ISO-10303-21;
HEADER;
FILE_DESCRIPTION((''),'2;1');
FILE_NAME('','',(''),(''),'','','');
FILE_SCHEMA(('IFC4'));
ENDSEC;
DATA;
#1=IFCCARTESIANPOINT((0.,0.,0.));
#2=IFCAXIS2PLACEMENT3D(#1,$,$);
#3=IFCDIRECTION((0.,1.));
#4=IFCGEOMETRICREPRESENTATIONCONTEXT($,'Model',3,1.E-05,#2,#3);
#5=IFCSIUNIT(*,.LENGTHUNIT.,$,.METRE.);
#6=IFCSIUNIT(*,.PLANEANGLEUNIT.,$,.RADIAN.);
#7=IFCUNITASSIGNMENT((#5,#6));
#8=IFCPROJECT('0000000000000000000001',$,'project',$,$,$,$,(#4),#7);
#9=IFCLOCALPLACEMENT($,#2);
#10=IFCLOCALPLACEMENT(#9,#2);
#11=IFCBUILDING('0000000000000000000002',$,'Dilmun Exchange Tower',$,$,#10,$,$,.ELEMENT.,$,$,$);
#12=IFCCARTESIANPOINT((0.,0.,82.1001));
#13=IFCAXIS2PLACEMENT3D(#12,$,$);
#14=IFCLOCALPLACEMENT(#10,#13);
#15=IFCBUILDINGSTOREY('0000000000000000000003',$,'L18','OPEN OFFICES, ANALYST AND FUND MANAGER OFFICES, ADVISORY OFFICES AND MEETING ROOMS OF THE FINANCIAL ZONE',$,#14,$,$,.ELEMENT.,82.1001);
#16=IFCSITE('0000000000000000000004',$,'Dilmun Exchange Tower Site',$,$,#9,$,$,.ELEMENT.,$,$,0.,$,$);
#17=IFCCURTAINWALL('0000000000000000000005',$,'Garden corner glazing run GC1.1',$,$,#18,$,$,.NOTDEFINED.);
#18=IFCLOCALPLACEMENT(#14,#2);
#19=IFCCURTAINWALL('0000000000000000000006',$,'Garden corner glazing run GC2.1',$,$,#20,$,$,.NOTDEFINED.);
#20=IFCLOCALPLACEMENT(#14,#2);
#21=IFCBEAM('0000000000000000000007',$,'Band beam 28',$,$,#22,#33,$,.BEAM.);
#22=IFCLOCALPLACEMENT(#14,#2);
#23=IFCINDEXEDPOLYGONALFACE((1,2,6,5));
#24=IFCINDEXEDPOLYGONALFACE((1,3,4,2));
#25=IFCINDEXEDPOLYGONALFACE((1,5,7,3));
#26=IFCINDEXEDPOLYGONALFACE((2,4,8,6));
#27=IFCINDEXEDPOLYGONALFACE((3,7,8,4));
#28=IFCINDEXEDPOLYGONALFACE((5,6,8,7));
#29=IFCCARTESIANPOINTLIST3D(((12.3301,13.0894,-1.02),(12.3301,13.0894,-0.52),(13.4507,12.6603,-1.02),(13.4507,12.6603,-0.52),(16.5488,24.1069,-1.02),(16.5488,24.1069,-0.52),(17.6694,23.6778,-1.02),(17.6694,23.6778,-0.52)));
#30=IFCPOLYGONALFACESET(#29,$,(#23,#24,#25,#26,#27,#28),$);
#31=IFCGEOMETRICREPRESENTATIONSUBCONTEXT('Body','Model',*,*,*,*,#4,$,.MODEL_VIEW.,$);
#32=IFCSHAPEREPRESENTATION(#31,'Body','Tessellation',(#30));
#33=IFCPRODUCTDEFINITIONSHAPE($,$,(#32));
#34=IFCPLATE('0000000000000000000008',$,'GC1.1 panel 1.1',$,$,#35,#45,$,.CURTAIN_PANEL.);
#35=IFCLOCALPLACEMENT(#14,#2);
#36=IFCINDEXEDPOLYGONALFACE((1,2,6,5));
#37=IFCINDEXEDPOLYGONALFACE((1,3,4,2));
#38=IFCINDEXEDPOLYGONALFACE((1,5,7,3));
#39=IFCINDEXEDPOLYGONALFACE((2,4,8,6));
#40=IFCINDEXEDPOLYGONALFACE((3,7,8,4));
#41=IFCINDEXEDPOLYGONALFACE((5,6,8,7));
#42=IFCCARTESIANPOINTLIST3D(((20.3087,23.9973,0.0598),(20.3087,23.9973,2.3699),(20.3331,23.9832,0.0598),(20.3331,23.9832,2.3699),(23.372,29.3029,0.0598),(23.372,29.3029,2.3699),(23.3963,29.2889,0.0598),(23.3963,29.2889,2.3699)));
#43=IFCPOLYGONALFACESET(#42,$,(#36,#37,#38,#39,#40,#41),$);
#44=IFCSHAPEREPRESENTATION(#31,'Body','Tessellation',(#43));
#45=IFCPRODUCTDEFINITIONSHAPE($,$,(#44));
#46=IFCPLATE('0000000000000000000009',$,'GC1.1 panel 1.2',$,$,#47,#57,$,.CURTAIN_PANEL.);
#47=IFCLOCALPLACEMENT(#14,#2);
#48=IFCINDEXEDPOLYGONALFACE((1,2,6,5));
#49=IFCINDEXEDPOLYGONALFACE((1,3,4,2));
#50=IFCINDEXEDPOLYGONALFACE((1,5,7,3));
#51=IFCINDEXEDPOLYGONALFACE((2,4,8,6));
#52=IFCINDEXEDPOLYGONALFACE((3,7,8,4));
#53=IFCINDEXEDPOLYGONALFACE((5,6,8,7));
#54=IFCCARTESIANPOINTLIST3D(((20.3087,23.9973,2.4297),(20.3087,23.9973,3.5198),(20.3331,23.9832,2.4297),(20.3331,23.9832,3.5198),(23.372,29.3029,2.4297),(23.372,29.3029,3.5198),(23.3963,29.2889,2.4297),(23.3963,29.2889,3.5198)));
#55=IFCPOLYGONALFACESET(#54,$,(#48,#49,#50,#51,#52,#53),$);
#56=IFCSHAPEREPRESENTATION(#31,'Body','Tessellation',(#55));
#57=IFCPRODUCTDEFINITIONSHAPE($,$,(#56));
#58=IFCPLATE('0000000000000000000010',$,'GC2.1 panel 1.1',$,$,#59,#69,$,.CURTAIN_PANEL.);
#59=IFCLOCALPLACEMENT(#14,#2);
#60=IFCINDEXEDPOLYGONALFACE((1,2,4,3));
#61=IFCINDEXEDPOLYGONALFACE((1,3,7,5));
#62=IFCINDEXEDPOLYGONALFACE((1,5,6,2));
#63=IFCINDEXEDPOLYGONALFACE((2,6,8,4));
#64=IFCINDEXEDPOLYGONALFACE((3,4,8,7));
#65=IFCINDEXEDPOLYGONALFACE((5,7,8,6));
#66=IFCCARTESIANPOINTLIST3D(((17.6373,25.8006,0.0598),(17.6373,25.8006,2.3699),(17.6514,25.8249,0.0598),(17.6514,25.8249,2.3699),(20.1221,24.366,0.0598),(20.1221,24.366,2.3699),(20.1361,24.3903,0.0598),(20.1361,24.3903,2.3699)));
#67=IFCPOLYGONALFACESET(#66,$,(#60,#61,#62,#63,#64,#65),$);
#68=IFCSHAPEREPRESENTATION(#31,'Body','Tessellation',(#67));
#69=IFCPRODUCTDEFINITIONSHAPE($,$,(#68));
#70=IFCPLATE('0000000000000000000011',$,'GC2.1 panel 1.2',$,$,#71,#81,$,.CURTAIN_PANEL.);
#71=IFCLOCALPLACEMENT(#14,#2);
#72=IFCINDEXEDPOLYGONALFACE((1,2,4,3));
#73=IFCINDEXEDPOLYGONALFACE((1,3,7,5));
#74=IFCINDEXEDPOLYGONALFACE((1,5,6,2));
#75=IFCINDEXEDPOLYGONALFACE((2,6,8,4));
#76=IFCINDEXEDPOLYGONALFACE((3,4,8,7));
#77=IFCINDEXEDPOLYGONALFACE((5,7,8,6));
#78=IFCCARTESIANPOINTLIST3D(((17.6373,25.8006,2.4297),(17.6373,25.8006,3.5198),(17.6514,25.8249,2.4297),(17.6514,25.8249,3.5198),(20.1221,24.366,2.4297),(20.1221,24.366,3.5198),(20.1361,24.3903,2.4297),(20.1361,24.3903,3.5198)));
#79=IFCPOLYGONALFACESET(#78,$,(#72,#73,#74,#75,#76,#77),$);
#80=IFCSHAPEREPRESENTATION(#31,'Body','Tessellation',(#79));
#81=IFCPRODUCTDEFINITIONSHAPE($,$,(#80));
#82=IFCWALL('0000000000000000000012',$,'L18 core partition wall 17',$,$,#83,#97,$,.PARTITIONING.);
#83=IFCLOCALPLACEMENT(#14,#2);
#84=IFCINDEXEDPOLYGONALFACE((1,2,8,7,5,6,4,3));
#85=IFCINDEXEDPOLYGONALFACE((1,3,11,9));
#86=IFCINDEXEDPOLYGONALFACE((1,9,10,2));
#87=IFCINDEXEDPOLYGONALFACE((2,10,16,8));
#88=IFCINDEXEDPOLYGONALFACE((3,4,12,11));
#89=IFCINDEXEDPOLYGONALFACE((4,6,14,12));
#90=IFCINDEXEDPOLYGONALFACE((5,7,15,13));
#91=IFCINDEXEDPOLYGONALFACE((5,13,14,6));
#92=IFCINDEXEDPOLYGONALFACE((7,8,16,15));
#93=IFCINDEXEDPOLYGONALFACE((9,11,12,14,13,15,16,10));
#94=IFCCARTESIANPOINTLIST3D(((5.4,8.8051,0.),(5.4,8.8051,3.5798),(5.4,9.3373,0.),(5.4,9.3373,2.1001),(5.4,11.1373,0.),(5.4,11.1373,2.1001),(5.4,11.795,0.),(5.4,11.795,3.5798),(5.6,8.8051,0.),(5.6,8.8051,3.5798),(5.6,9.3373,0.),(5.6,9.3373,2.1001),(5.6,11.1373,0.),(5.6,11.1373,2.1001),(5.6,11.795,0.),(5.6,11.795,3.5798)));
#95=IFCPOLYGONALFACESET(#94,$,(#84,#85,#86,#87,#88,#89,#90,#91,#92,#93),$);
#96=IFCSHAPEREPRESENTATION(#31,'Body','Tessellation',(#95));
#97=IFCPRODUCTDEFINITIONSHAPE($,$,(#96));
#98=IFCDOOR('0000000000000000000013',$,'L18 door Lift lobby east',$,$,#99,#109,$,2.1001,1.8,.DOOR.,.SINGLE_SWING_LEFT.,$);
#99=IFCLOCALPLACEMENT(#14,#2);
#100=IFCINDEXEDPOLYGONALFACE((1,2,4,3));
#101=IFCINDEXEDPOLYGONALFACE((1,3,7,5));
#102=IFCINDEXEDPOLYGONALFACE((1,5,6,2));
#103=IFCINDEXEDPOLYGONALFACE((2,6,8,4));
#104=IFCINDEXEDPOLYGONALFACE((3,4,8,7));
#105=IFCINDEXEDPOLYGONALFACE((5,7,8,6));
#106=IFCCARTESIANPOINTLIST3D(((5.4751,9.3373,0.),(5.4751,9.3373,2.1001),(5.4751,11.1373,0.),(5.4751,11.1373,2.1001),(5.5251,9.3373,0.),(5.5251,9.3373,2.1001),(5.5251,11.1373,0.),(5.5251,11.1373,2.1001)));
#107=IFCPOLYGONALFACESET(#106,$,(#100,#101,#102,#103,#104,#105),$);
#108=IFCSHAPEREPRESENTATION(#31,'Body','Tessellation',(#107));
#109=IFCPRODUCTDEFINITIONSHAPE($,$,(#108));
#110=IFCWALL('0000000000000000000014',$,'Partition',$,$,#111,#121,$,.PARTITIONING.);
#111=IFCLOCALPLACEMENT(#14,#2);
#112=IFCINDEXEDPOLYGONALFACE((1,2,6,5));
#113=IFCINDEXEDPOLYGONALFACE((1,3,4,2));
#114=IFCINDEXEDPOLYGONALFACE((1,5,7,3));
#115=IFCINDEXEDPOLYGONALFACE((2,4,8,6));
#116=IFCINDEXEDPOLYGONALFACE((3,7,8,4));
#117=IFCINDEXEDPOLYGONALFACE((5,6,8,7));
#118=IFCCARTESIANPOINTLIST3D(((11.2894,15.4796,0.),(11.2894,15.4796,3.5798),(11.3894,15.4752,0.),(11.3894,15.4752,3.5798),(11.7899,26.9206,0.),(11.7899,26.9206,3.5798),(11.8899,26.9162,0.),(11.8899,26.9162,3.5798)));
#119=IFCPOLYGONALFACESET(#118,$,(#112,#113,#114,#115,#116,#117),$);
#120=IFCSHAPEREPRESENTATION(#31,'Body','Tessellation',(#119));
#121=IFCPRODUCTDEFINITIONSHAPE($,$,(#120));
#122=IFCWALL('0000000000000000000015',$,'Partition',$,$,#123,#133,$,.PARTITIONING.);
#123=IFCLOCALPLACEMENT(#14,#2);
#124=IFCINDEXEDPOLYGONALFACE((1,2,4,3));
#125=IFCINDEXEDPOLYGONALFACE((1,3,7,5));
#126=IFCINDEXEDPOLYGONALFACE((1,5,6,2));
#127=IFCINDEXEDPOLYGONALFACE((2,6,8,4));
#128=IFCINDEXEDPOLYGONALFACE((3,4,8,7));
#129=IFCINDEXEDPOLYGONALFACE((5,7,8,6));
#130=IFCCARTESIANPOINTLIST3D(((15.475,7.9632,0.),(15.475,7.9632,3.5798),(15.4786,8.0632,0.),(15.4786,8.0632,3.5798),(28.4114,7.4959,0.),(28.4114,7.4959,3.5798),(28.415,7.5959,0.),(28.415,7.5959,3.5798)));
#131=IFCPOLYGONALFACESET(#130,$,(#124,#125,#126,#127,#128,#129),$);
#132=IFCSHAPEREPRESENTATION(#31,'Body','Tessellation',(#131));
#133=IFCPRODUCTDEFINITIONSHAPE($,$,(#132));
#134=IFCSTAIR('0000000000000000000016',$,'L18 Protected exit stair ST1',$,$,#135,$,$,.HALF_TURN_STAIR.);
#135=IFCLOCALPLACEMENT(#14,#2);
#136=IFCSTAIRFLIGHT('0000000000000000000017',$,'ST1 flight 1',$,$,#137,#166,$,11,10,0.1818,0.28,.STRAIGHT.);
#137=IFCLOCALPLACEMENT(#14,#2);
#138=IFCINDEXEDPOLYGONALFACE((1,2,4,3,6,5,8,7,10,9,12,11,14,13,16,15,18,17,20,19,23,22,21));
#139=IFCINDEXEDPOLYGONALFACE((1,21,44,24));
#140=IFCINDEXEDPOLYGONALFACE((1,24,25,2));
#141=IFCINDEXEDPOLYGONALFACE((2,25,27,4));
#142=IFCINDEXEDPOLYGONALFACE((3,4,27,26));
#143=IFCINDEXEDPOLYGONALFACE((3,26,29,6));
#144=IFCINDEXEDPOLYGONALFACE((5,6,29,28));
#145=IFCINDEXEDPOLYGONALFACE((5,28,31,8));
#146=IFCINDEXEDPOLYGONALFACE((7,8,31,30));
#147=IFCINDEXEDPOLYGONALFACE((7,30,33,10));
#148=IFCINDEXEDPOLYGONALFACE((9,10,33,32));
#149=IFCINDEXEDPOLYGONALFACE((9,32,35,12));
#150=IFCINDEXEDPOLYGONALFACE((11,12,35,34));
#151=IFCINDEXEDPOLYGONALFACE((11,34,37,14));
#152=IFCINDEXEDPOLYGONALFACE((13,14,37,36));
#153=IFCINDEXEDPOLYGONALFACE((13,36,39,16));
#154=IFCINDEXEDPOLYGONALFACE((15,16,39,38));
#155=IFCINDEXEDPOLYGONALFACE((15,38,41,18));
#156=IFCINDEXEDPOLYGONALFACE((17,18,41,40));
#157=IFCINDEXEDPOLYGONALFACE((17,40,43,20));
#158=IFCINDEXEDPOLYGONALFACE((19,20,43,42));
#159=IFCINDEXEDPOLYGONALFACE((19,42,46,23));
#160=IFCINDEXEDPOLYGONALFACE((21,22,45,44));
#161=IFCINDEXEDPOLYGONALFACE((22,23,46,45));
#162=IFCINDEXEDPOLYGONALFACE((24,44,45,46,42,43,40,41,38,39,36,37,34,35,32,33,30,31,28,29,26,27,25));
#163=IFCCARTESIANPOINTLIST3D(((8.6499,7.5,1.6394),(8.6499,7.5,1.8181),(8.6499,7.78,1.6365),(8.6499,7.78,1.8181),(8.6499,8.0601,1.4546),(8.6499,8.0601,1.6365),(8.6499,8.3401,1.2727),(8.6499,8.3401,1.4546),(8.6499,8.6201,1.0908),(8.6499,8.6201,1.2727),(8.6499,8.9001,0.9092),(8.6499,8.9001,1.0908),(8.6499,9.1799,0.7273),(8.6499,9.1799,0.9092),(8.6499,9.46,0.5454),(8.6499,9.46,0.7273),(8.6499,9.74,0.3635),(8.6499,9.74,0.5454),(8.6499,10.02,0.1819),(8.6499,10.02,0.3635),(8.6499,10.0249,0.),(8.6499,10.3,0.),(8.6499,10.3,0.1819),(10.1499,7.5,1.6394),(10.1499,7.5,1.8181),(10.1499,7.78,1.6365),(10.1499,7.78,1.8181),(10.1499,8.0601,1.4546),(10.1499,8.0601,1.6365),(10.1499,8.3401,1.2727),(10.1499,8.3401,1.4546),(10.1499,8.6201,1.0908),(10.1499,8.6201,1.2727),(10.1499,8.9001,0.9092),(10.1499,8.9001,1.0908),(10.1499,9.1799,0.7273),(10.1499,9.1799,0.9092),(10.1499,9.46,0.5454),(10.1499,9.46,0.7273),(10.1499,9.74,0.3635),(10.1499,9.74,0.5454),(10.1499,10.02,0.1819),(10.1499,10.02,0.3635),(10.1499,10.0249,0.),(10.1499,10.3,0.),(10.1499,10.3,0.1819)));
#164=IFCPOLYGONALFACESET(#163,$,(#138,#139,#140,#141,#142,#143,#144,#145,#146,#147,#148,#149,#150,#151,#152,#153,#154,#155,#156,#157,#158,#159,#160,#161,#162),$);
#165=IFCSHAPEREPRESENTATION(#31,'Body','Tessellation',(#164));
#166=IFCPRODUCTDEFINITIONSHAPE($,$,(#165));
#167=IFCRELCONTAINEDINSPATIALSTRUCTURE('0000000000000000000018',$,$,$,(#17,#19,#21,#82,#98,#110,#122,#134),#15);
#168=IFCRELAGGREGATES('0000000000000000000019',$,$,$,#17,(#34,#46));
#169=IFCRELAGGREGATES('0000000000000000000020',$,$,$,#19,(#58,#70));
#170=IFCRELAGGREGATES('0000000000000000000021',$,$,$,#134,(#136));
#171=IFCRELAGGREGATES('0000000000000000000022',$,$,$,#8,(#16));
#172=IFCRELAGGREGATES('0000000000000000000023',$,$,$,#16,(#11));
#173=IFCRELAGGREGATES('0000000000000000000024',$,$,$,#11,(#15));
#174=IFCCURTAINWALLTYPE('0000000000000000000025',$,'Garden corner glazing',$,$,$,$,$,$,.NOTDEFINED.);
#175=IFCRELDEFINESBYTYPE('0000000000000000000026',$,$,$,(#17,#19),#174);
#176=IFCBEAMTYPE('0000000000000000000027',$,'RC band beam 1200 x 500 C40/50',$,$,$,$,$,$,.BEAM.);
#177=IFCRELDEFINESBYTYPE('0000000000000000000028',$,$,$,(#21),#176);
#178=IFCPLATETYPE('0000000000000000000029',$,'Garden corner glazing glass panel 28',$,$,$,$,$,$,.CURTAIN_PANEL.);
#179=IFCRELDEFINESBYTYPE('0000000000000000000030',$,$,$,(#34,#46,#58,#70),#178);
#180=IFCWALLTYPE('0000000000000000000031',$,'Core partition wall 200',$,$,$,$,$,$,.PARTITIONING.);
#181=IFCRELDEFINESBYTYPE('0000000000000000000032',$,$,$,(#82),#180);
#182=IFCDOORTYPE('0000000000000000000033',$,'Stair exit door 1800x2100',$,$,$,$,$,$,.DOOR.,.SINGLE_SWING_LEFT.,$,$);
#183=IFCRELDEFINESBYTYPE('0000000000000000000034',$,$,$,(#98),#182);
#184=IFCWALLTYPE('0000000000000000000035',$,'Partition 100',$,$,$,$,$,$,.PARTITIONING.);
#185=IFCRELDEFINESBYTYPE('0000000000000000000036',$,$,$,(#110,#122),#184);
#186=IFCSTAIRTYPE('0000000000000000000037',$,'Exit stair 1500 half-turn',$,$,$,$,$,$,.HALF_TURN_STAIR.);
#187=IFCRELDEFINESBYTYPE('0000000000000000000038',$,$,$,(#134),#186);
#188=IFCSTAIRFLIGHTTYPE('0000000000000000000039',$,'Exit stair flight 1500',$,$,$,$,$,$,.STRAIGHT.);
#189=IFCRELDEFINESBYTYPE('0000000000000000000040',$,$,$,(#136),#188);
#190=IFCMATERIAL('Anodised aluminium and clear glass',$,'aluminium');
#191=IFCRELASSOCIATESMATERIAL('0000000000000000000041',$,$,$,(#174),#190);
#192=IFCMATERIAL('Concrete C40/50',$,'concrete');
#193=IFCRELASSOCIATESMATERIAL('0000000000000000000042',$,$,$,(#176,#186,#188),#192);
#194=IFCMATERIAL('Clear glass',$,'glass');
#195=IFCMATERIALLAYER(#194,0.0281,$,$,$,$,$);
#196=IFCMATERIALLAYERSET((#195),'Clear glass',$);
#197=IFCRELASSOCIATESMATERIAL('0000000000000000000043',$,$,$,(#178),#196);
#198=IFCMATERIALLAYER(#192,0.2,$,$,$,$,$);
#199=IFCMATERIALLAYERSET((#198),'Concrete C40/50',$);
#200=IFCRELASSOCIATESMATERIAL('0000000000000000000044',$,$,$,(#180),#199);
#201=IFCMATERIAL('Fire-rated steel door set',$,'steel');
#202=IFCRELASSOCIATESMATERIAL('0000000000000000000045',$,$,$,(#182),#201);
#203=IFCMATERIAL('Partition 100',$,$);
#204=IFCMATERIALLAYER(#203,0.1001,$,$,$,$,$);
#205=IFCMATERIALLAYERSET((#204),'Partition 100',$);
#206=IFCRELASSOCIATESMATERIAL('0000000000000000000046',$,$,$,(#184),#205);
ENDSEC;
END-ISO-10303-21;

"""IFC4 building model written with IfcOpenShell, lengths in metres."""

from ifc_helpers import new_model, si_unit, direction, frame, frame_2d, origin, origin_2d, place, context, subcontext, project, spatial, polyline, rectangle, outline, extrude, material, layer, layer_set, material_profile, profile_set, type_object, element, fill, aggregate, save


model = new_model("IFC4")

# Units and contexts
model_context = context("Model", 3, precision=1e-05, world=origin(), true_north=direction((0.0, 1.0)))
body_context = subcontext(model_context, "Body", "Model", "MODEL_VIEW")
ifc_project = project(units=[si_unit("LENGTHUNIT", "METRE"), si_unit("PLANEANGLEUNIT", "RADIAN")], contexts=[model_context])

# Site, building, storey
site_placement = place(None, origin())
site = spatial("IfcSite", under=ifc_project, at=site_placement, Name="Dilmun Exchange Tower Site", CompositionType="ELEMENT", RefElevation=0.0)
building_placement = place(site_placement, origin())
building = spatial("IfcBuilding", under=site, at=building_placement, Name="Dilmun Exchange Tower", CompositionType="ELEMENT")
storey_placement = place(building_placement, frame((0.0, 0.0, 82.1001)))
storey = spatial("IfcBuildingStorey", under=building, at=storey_placement, Name="L18", Description="OPEN OFFICES, ANALYST AND FUND MANAGER OFFICES, ADVISORY OFFICES AND MEETING ROOMS OF THE FINANCIAL ZONE", CompositionType="ELEMENT", Elevation=82.1001)

# Curtain wall
ifc_material_1 = material(Name="Anodised aluminium and clear glass", Category="aluminium")
curtain_wall_type = type_object("IfcCurtainWallType", Name="Garden corner glazing", PredefinedType="NOTDEFINED", material=ifc_material_1)
curtain_wall_1_placement = place(storey_placement, origin())
curtain_wall_1 = element("IfcCurtainWall", 1, at=curtain_wall_1_placement, inside=storey, type_object=curtain_wall_type, Name="Garden corner glazing run GC1.1", PredefinedType="NOTDEFINED")

# Curtain wall
curtain_wall_2_placement = place(storey_placement, origin())
curtain_wall_2 = element("IfcCurtainWall", 2, at=curtain_wall_2_placement, inside=storey, type_object=curtain_wall_type, Name="Garden corner glazing run GC2.1", PredefinedType="NOTDEFINED")

# Beam
ifc_material_2 = material(Name="Concrete C40/50", Category="concrete")
ifc_material_profile_1 = material_profile(ifc_material_2, rectangle(XDim=1.2, YDim=0.5, at=origin_2d()), Name="1200 x 500")
ifc_profile_set_1 = profile_set([ifc_material_profile_1], Name="Concrete C40/50")
beam_type = type_object("IfcBeamType", Name="RC band beam 1200 x 500 C40/50", PredefinedType="BEAM", material=ifc_profile_set_1)
beam_1_placement = place(storey_placement, frame((17.1091, 23.8923, -0.77), z_axis=(-0.357592, -0.933878, 0.0), x_axis=(0.933878, -0.357592, 0.0)))
element("IfcBeam", 3, at=beam_1_placement, inside=storey, type_object=beam_type, Name="Band beam 28", PredefinedType="BEAM", context=body_context, shape_type="SweptSolid", body=[
    extrude(rectangle(XDim=1.2, YDim=0.5, at=origin_2d()), origin(), (0.0, 0.0, 1.0), 11.7976),
])

# Plates
ifc_material_3 = material(Name="Clear glass", Category="glass")
ifc_layer_1 = layer(ifc_material_3, 0.0281)
ifc_layer_set_1 = layer_set([ifc_layer_1], Name="Clear glass")
plate_type = type_object("IfcPlateType", Name="Garden corner glazing glass panel 28", PredefinedType="CURTAIN_PANEL", material=ifc_layer_set_1)
plate_1_placement = place(storey_placement, frame((21.8525, 26.6431, 0.0598), z_axis=(0.0, 0.0, 1.0), x_axis=(-0.500008, -0.866021, 0.0)))
plate_1 = element("IfcPlate", 4, at=plate_1_placement, type_object=plate_type, Name="GC1.1 panel 1.1", PredefinedType="CURTAIN_PANEL", context=body_context, shape_type="SweptSolid", body=[
    extrude(rectangle(XDim=6.1265, YDim=0.0281, at=origin_2d()), origin(), (0.0, 0.0, 1.0), 2.3101),
])
plate_2_placement = place(storey_placement, frame((21.8525, 26.6431, 2.4297), z_axis=(0.0, 0.0, 1.0), x_axis=(-0.500008, -0.866021, 0.0)))
plate_2 = element("IfcPlate", 5, at=plate_2_placement, type_object=plate_type, Name="GC1.1 panel 1.2", PredefinedType="CURTAIN_PANEL", context=body_context, shape_type="SweptSolid", body=[
    extrude(rectangle(XDim=6.1265, YDim=0.0281, at=origin_2d()), origin(), (0.0, 0.0, 1.0), 1.0901),
])
aggregate(curtain_wall_1, [plate_1, plate_2])
plate_3_placement = place(storey_placement, frame((18.8867, 25.0955, 0.0598), z_axis=(0.0, 0.0, 1.0), x_axis=(-0.866015, 0.500018, 0.0)))
plate_3 = element("IfcPlate", 6, at=plate_3_placement, type_object=plate_type, Name="GC2.1 panel 1.1", PredefinedType="CURTAIN_PANEL", context=body_context, shape_type="SweptSolid", body=[
    extrude(rectangle(XDim=2.8691, YDim=0.0281, at=origin_2d()), origin(), (0.0, 0.0, 1.0), 2.3101),
])
plate_4_placement = place(storey_placement, frame((18.8867, 25.0955, 2.4297), z_axis=(0.0, 0.0, 1.0), x_axis=(-0.866015, 0.500018, 0.0)))
plate_4 = element("IfcPlate", 7, at=plate_4_placement, type_object=plate_type, Name="GC2.1 panel 1.2", PredefinedType="CURTAIN_PANEL", context=body_context, shape_type="SweptSolid", body=[
    extrude(rectangle(XDim=2.8691, YDim=0.0281, at=origin_2d()), origin(), (0.0, 0.0, 1.0), 1.0901),
])
aggregate(curtain_wall_2, [plate_3, plate_4])

# Wall, opening, door
ifc_layer_2 = layer(ifc_material_2, 0.2)
ifc_layer_set_2 = layer_set([ifc_layer_2], Name="Concrete C40/50")
wall_type_1 = type_object("IfcWallType", Name="Core partition wall 200", PredefinedType="PARTITIONING", material=ifc_layer_set_2)
wall_1_placement = place(storey_placement, frame((5.5, 8.8049, 0.0), z_axis=(0.0, 0.0, 1.0), x_axis=(0.0, 1.0, 0.0)))
wall_1 = element("IfcWall", 8, at=wall_1_placement, inside=storey, type_object=wall_type_1, Name="L18 core partition wall 17", PredefinedType="PARTITIONING", context=body_context, shape_type="SweptSolid", body=[
    extrude(rectangle(XDim=2.99, YDim=0.2, at=frame_2d((1.4951, 0.0))), origin(), (0.0, 0.0, 1.0), 3.5798),
])
opening_1_placement = place(wall_1_placement, frame((0.5325, 0.0, 0.0)))
opening_1 = element("IfcOpeningElement", 9, at=opening_1_placement, cuts=wall_1, PredefinedType="OPENING", context=body_context, shape_type="SweptSolid", body=[
    extrude(rectangle(XDim=1.8, YDim=2.1001, at=frame_2d((0.8999, 1.05))), frame((0.0, 0.1099, 0.0), z_axis=(0.0, -1.0, 0.0), x_axis=(1.0, 0.0, 0.0)), (0.0, 0.0, 1.0), 0.22),
])
ifc_material_4 = material(Name="Fire-rated steel door set", Category="steel")
door_type_1 = type_object("IfcDoorType", Name="Stair exit door 1800x2100", OperationType="SINGLE_SWING_LEFT", PredefinedType="DOOR", material=ifc_material_4)
door_1_placement = place(opening_1_placement, origin())
door_1 = element("IfcDoor", 10, at=door_1_placement, inside=storey, type_object=door_type_1, Name="L18 door Lift lobby east", OperationType="SINGLE_SWING_LEFT", OverallHeight=2.1001, OverallWidth=1.8, PredefinedType="DOOR", context=body_context, shape_type="SweptSolid", body=[
    extrude(rectangle(XDim=1.8, YDim=2.1001, at=frame_2d((0.8999, 1.05))), frame((0.0, 0.0249, 0.0), z_axis=(0.0, -1.0, 0.0), x_axis=(1.0, 0.0, 0.0)), (0.0, 0.0, 1.0), 0.05),
])
fill(opening_1, door_1)

# Walls
ifc_material_5 = material(Name="Partition 100")
ifc_layer_3 = layer(ifc_material_5, 0.1001)
ifc_layer_set_3 = layer_set([ifc_layer_3], Name="Partition 100")
wall_type_2 = type_object("IfcWallType", Name="Partition 100", PredefinedType="PARTITIONING", material=ifc_layer_set_3)
wall_2_placement = place(storey_placement, frame((11.3394, 15.4773, 0.0), z_axis=(0.0, 0.0, 1.0), x_axis=(0.043704, 0.999045, 0.0)))
element("IfcWall", 11, at=wall_2_placement, inside=storey, type_object=wall_type_2, Name="Partition", PredefinedType="PARTITIONING", context=body_context, shape_type="SweptSolid", body=[
    extrude(rectangle(XDim=11.4519, YDim=0.1001, at=frame_2d((5.7261, 0.0))), origin(), (0.0, 0.0, 1.0), 3.5798),
])
wall_3_placement = place(storey_placement, frame((15.4768, 8.0132, 0.0), z_axis=(0.0, 0.0, 1.0), x_axis=(0.999348, -0.036099, 0.0)))
element("IfcWall", 12, at=wall_3_placement, inside=storey, type_object=wall_type_2, Name="Partition", PredefinedType="PARTITIONING", context=body_context, shape_type="SweptSolid", body=[
    extrude(rectangle(XDim=12.9448, YDim=0.1001, at=frame_2d((6.4724, 0.0))), origin(), (0.0, 0.0, 1.0), 3.5798),
])

# Stair, stair flight
stair_type = type_object("IfcStairType", Name="Exit stair 1500 half-turn", PredefinedType="HALF_TURN_STAIR", material=ifc_material_2)
stair_placement = place(storey_placement, origin())
stair = element("IfcStair", 13, at=stair_placement, inside=storey, type_object=stair_type, Name="L18 Protected exit stair ST1", PredefinedType="HALF_TURN_STAIR")
stair_flight_type = type_object("IfcStairFlightType", Name="Exit stair flight 1500", PredefinedType="STRAIGHT", material=ifc_material_2)
stair_flight_placement = place(storey_placement, frame((9.3999, 10.3, 0.0), z_axis=(0.0, 0.0, 1.0), x_axis=(0.0, -1.0, 0.0)))
stair_flight = element("IfcStairFlight", 14, at=stair_flight_placement, type_object=stair_flight_type, Name="ST1 flight 1", NumberOfRisers=11, NumberOfTreads=10, PredefinedType="STRAIGHT", RiserHeight=0.1818, TreadLength=0.28, context=body_context, shape_type="SweptSolid", body=[
    extrude(outline(polyline([(0.0, 0.0), (0.0, 0.1819), (0.28, 0.1819), (0.28, 0.3635), (0.5601, 0.3635), (0.5601, 0.5454), (0.8401, 0.5454), (0.8401, 0.7273), (1.1201, 0.7273), (1.1201, 0.9092), (1.3999, 0.9092), (1.3999, 1.0908), (1.6799, 1.0908), (1.6799, 1.2727), (1.96, 1.2727), (1.96, 1.4546), (2.24, 1.4546), (2.24, 1.6365), (2.52, 1.6365), (2.52, 1.8181), (2.8, 1.8181), (2.8, 2.0), (2.8, 1.6394), (0.2751, 0.0), (0.0, 0.0)])), frame((0.0, 0.75, 0.0), z_axis=(0.0, -1.0, 0.0), x_axis=(1.0, 0.0, 0.0)), (0.0, 0.0, 1.0), 1.5),
])
aggregate(stair, [stair_flight])

save(model, "model.ifc")
